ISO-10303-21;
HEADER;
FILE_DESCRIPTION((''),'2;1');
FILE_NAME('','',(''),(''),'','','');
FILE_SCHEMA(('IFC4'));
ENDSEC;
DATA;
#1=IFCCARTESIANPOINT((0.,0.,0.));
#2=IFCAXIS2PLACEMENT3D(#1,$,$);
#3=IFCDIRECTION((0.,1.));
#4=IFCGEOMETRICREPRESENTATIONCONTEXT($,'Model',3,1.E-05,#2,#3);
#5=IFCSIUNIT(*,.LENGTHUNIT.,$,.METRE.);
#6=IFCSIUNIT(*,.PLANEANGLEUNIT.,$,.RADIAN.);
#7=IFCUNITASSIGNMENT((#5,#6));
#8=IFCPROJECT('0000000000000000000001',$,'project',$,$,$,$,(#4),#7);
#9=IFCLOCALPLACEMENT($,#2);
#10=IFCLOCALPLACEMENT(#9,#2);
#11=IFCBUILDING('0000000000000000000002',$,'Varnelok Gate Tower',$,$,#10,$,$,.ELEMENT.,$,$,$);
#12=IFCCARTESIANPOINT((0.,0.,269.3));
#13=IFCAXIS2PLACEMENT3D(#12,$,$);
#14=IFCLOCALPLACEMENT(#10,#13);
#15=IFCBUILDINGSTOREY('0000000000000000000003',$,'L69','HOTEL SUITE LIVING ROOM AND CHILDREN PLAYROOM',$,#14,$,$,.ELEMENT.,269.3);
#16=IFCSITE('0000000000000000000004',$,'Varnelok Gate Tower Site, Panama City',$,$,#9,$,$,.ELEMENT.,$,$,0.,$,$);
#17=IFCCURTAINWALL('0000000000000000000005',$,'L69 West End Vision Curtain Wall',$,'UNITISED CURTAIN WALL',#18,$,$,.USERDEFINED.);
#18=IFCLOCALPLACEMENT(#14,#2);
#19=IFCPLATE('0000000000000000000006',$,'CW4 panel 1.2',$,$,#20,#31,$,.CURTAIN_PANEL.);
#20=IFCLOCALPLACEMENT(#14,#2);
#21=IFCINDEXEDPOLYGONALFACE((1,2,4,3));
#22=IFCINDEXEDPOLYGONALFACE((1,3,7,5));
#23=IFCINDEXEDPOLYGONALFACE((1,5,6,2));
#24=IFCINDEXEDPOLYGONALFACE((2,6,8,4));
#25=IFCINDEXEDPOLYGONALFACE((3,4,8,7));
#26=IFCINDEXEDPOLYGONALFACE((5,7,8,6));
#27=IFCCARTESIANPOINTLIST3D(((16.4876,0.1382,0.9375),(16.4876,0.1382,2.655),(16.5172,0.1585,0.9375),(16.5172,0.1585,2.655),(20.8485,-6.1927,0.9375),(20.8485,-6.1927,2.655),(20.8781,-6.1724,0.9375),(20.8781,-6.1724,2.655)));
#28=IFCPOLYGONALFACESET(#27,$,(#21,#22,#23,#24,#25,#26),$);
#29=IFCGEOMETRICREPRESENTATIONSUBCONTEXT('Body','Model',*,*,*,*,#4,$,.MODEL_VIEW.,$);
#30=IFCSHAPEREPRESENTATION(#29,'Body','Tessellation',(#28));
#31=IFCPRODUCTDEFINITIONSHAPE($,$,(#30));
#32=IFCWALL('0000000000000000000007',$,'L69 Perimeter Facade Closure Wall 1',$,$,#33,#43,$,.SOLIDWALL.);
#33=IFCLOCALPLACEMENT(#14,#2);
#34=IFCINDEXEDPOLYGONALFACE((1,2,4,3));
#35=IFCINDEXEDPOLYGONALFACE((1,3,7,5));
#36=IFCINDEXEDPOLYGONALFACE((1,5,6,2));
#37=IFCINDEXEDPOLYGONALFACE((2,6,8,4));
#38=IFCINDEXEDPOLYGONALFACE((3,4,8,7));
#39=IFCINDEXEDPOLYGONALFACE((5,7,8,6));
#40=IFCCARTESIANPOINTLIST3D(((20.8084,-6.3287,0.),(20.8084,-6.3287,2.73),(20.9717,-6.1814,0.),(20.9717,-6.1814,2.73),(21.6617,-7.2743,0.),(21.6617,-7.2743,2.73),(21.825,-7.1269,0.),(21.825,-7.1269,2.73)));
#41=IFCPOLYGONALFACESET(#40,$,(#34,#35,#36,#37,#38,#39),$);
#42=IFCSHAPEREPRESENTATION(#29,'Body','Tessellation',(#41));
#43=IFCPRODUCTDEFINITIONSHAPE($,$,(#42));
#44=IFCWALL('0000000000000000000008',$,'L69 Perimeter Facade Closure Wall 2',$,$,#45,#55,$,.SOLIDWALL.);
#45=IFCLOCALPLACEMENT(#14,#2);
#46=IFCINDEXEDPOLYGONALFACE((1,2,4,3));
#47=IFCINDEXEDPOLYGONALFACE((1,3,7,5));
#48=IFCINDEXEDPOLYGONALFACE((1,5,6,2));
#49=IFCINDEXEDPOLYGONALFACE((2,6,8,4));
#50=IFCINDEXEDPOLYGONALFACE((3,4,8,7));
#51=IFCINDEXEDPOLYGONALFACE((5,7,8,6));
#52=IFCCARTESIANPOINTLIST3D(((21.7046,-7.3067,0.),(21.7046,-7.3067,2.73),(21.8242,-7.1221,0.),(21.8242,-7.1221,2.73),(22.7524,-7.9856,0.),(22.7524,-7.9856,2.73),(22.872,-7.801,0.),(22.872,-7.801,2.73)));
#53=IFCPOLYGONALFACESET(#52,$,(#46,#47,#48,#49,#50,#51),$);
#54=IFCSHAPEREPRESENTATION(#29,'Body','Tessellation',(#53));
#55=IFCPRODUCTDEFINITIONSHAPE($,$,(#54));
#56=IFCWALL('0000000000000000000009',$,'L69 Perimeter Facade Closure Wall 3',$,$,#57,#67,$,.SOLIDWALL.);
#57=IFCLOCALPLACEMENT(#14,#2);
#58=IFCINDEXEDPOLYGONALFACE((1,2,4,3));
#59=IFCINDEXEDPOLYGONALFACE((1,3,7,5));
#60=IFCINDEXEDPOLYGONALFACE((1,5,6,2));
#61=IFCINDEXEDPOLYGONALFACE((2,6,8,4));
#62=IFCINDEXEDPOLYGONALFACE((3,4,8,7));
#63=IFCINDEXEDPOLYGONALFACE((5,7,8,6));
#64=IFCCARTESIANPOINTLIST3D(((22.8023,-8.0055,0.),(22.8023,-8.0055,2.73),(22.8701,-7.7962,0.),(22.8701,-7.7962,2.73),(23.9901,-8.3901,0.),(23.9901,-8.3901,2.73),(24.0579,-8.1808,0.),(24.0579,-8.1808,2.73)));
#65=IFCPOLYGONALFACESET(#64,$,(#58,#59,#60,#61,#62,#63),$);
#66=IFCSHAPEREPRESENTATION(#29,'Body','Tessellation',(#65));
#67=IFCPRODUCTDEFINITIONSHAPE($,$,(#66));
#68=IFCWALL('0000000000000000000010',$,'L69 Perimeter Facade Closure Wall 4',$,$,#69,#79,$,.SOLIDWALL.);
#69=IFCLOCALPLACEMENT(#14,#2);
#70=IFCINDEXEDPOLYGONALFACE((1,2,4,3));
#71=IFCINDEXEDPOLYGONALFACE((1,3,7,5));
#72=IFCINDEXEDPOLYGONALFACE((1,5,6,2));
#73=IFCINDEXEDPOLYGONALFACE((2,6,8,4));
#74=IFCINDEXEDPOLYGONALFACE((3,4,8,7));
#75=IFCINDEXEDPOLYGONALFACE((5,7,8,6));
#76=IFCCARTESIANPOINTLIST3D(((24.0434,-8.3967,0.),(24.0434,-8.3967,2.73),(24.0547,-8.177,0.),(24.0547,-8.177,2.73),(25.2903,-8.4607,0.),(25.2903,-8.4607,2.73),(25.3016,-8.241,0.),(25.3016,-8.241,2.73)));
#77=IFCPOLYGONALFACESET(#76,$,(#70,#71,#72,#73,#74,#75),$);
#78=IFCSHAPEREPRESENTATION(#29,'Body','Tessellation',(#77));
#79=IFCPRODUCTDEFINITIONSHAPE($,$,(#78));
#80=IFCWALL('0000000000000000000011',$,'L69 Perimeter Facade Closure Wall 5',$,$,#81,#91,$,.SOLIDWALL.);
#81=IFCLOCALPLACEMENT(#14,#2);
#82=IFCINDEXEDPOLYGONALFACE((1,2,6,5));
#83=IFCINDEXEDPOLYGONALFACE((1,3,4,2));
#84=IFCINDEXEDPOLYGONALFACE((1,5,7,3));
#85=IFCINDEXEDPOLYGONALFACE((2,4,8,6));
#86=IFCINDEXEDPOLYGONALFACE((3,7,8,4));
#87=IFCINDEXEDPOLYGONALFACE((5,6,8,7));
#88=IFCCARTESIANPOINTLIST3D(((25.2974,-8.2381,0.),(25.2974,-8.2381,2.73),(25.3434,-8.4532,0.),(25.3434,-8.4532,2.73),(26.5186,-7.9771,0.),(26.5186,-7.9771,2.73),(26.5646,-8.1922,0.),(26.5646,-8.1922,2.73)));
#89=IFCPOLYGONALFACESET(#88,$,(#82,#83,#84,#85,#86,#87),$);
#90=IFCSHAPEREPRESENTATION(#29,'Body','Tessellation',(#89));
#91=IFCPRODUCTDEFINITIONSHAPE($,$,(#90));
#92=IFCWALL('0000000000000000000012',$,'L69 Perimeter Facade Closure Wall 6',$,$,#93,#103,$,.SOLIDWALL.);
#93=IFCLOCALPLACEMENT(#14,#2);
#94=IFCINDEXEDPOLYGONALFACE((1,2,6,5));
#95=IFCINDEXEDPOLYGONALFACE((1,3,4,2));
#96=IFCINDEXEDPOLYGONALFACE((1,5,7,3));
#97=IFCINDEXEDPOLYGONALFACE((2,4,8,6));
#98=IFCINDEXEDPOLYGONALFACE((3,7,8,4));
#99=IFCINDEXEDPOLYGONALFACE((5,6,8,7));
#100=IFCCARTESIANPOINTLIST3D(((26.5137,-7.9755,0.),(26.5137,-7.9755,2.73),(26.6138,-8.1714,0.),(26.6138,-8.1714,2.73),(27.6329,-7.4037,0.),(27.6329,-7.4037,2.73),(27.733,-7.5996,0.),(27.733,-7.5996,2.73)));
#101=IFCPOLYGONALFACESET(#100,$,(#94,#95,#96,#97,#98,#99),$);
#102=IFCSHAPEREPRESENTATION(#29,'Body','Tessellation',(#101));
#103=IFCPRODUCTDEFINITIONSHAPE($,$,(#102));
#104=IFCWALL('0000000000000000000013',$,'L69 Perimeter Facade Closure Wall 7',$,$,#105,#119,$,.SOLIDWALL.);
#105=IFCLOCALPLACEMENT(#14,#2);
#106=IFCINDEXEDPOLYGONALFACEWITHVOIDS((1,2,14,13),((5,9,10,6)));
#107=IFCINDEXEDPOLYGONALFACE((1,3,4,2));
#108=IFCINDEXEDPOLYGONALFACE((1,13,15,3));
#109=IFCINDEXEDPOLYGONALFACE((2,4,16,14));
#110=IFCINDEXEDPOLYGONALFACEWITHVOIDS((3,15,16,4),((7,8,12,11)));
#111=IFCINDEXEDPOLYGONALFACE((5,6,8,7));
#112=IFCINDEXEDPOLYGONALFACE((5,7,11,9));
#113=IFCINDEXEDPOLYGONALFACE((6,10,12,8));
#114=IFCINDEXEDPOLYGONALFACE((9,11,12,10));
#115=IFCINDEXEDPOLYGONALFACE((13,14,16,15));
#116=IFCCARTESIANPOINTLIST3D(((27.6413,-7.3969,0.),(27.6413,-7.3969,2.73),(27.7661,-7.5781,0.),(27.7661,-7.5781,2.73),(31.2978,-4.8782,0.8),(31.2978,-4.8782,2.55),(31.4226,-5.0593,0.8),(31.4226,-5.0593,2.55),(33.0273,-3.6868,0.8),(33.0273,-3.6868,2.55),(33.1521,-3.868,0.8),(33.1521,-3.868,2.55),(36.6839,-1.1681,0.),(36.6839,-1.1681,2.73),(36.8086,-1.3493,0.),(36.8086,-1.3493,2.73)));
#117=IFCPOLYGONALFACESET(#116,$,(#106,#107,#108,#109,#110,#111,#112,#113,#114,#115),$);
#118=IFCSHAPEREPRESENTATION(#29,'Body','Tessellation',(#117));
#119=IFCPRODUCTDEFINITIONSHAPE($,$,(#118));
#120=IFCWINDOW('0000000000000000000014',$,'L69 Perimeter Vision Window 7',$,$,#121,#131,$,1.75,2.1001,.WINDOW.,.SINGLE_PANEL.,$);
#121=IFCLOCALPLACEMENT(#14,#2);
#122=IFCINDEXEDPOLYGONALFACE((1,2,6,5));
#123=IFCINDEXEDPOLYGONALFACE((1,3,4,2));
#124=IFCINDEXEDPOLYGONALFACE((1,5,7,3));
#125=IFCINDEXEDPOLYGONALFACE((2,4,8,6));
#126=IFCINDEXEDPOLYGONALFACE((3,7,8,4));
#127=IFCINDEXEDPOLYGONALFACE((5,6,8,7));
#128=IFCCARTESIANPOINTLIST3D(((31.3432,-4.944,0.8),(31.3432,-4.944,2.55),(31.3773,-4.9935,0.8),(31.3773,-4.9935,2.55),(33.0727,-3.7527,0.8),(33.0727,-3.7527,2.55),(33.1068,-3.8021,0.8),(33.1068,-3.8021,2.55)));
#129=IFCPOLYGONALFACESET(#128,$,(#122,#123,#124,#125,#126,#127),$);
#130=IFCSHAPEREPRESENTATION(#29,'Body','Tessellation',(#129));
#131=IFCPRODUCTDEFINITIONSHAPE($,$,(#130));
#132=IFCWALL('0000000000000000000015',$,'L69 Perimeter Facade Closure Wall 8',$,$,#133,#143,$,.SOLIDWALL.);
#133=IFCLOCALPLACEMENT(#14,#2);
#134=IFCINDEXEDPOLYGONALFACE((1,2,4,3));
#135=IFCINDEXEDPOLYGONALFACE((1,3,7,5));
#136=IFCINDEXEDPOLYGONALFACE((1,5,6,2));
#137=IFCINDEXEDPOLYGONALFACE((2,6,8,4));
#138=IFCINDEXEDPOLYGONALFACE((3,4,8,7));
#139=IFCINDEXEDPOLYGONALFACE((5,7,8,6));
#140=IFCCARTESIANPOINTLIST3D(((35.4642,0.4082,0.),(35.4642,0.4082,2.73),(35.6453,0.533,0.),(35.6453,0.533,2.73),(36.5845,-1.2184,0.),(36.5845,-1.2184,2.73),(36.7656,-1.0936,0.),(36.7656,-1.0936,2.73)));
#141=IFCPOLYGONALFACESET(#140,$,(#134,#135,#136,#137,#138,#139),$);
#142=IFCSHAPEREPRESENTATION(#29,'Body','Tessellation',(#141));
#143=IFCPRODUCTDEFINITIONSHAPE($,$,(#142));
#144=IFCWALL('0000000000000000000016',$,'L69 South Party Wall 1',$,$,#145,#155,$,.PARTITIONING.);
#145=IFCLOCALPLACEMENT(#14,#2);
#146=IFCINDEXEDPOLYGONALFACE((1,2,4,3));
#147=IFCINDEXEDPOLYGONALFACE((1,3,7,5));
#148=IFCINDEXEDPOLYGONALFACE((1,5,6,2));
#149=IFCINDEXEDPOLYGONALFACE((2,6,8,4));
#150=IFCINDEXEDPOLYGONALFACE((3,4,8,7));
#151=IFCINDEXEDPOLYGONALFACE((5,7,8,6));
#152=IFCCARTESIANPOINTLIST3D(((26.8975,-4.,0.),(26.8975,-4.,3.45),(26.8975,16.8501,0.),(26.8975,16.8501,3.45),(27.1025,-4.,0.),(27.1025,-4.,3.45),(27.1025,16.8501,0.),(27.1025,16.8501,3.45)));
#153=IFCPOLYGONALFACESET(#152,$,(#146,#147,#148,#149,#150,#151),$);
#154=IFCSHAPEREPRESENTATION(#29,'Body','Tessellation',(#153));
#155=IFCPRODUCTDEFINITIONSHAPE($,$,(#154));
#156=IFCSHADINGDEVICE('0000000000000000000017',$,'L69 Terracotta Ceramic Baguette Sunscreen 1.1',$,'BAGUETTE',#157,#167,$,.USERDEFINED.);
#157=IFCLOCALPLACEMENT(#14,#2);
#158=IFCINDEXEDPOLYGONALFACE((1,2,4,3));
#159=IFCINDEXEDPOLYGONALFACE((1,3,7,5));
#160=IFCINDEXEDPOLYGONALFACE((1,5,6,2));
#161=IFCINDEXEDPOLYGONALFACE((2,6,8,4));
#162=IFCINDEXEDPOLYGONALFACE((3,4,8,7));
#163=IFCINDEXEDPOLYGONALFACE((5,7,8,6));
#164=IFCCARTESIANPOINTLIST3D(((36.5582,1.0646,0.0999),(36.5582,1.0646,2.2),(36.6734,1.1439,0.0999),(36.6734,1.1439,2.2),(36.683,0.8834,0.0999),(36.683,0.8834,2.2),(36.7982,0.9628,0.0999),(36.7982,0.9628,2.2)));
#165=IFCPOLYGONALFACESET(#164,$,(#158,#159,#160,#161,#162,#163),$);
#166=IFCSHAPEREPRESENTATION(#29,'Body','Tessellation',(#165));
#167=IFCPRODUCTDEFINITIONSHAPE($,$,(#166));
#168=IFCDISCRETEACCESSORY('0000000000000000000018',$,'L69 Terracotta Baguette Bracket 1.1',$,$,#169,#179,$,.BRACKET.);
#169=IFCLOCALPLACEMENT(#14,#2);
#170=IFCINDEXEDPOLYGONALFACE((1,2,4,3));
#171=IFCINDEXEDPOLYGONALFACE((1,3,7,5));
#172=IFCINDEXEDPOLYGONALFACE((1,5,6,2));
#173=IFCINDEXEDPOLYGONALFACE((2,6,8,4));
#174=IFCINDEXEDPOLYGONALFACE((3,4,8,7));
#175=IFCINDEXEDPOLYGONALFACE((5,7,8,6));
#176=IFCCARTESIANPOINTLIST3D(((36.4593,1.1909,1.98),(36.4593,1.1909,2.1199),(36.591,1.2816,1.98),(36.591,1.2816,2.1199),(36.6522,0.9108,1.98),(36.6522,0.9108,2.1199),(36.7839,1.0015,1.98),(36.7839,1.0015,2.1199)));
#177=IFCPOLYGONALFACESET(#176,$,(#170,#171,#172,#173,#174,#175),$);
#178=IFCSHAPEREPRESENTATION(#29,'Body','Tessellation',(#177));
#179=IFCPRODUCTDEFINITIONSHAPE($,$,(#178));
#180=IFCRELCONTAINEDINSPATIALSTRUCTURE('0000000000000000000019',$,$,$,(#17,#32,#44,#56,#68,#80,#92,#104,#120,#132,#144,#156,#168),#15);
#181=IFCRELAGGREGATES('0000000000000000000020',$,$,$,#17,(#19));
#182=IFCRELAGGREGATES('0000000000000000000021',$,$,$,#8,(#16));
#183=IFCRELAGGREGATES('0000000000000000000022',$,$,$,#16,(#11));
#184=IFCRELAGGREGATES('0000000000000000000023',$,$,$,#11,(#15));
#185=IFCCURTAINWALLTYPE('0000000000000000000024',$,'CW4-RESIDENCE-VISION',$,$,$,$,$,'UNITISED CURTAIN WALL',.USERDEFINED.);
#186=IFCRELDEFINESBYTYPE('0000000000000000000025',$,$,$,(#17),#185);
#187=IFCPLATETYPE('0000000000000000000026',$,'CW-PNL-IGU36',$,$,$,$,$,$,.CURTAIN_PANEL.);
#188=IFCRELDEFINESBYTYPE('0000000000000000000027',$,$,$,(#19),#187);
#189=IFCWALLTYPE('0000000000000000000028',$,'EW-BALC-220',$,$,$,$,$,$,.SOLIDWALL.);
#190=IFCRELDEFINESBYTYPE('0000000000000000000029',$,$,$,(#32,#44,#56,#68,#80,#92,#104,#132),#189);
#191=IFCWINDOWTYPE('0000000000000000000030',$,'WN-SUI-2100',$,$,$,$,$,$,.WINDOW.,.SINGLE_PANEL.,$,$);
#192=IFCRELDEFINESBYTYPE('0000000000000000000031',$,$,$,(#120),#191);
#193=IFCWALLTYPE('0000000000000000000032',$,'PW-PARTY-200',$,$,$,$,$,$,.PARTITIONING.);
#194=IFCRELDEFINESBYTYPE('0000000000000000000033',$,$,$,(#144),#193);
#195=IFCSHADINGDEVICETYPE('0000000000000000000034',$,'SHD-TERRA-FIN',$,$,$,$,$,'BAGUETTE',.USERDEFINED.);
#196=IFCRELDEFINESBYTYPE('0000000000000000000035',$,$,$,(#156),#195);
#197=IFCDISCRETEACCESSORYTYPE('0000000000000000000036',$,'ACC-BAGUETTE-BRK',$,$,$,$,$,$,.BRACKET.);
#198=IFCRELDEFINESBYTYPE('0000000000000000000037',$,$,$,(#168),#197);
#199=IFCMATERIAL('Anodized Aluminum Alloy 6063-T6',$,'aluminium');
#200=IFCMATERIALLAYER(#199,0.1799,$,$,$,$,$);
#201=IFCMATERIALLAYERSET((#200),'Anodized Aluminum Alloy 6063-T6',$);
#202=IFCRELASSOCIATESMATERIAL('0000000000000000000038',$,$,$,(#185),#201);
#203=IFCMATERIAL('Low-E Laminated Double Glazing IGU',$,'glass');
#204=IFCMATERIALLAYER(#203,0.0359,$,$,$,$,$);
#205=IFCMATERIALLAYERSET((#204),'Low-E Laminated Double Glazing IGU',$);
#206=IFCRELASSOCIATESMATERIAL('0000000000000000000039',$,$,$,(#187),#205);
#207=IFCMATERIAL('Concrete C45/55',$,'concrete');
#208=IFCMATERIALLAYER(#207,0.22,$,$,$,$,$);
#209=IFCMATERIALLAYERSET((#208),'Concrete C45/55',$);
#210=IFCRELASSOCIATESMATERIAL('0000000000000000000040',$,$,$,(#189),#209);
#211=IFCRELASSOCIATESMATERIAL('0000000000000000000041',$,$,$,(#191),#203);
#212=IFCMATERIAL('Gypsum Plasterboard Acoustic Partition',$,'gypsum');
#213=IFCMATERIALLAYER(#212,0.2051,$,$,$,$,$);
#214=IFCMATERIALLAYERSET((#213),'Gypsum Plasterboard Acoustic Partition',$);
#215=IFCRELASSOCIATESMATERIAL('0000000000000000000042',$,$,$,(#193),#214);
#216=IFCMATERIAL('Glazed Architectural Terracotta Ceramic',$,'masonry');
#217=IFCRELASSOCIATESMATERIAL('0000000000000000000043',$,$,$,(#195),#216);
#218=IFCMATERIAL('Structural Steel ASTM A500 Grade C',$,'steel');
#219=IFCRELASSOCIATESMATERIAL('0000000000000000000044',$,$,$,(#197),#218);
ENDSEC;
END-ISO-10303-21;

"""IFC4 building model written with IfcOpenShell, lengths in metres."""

from ifc_helpers import new_model, si_unit, direction, frame, frame_2d, origin, origin_2d, place, context, subcontext, project, spatial, rectangle, extrude, source, transform, mapped, material, layer, layer_set, type_object, element, fill, aggregate, save


model = new_model("IFC4")

# Units and contexts
model_context = context("Model", 3, precision=1e-05, world=origin(), true_north=direction((0.0, 1.0)))
body_context = subcontext(model_context, "Body", "Model", "MODEL_VIEW")
ifc_project = project(units=[si_unit("LENGTHUNIT", "METRE"), si_unit("PLANEANGLEUNIT", "RADIAN")], contexts=[model_context])

# Site, building, storey
site_placement = place(None, origin())
site = spatial("IfcSite", under=ifc_project, at=site_placement, Name="Varnelok Gate Tower Site, Panama City", CompositionType="ELEMENT", RefElevation=0.0)
building_placement = place(site_placement, origin())
building = spatial("IfcBuilding", under=site, at=building_placement, Name="Varnelok Gate Tower", CompositionType="ELEMENT")
storey_placement = place(building_placement, frame((0.0, 0.0, 269.3)))
storey = spatial("IfcBuildingStorey", under=building, at=storey_placement, Name="L69", Description="HOTEL SUITE LIVING ROOM AND CHILDREN PLAYROOM", CompositionType="ELEMENT", Elevation=269.3)

# Curtain wall, plate
ifc_material_1 = material(Name="Anodized Aluminum Alloy 6063-T6", Category="aluminium")
ifc_layer_1 = layer(ifc_material_1, 0.1799)
ifc_layer_set_1 = layer_set([ifc_layer_1], Name="Anodized Aluminum Alloy 6063-T6")
curtain_wall_type = type_object("IfcCurtainWallType", Name="CW4-RESIDENCE-VISION", ElementType="UNITISED CURTAIN WALL", PredefinedType="USERDEFINED", material=ifc_layer_set_1)
curtain_wall_placement = place(storey_placement, origin())
curtain_wall = element("IfcCurtainWall", 1, at=curtain_wall_placement, inside=storey, type_object=curtain_wall_type, Name="L69 West End Vision Curtain Wall", ObjectType="UNITISED CURTAIN WALL", PredefinedType="USERDEFINED")
ifc_material_2 = material(Name="Low-E Laminated Double Glazing IGU", Category="glass")
ifc_layer_2 = layer(ifc_material_2, 0.0359)
ifc_layer_set_2 = layer_set([ifc_layer_2], Name="Low-E Laminated Double Glazing IGU")
plate_type = type_object("IfcPlateType", Name="CW-PNL-IGU36", PredefinedType="CURTAIN_PANEL", material=ifc_layer_set_2)
shared_shape_1 = source(origin(), body_context, "Body", "SweptSolid", [
    extrude(rectangle(XDim=7.6875, YDim=0.0359, at=origin_2d()), origin(), (0.0, 0.0, 1.0), 1.7175),
])
plate_1_placement = place(storey_placement, frame((18.6829, -3.0171, 0.9375), z_axis=(0.0, 0.0, 1.0), x_axis=(-0.567269, 0.823532, 0.0)))
plate_1 = element("IfcPlate", 2, at=plate_1_placement, type_object=plate_type, Name="CW4 panel 1.2", PredefinedType="CURTAIN_PANEL", context=body_context, shape_type="MappedRepresentation", body=[
    mapped(shared_shape_1, transform((0.0, 0.0, 0.0), scale=1.0)),
])
aggregate(curtain_wall, [plate_1])

# Walls
ifc_material_3 = material(Name="Concrete C45/55", Category="concrete")
ifc_layer_3 = layer(ifc_material_3, 0.22)
ifc_layer_set_3 = layer_set([ifc_layer_3], Name="Concrete C45/55")
wall_type_1 = type_object("IfcWallType", Name="EW-BALC-220", PredefinedType="SOLIDWALL", material=ifc_layer_set_3)
wall_1_placement = place(storey_placement, frame((20.8901, -6.2551, 0.0), z_axis=(0.0, 0.0, 1.0), x_axis=(0.669949, -0.742407, 0.0)))
element("IfcWall", 3, at=wall_1_placement, inside=storey, type_object=wall_type_1, Name="L69 Perimeter Facade Closure Wall 1", PredefinedType="SOLIDWALL", context=body_context, shape_type="SweptSolid", body=[
    extrude(rectangle(XDim=1.2737, YDim=0.22, at=frame_2d((0.6367, 0.0))), origin(), (0.0, 0.0, 1.0), 2.73),
])
for number, where, z_axis, x_axis, name in (
    (4, (21.7644, -7.2144, 0.0), (0.0, 0.0, 1.0), (0.839229, -0.543778, 0.0), "L69 Perimeter Facade Closure Wall 2"),
    (5, (22.8362, -7.9009, 0.0), (0.0, 0.0, 1.0), (0.951386, -0.308003, 0.0), "L69 Perimeter Facade Closure Wall 3"),
    (6, (24.0491, -8.2869, 0.0), (0.0, 0.0, 1.0), (0.998687, -0.051235, 0.0), "L69 Perimeter Facade Closure Wall 4"),
):
    element("IfcWall", number, at=place(storey_placement, frame(where, z_axis=z_axis, x_axis=x_axis)), inside=storey, type_object=wall_type_1, Name=name, PredefinedType="SOLIDWALL", context=body_context, shape_type="SweptSolid", body=[
        extrude(rectangle(XDim=1.2485, YDim=0.22, at=frame_2d((0.6243, 0.0))), origin(), (0.0, 0.0, 1.0), 2.73),
    ])
wall_2_placement = place(storey_placement, frame((25.3203, -8.3457, 0.0), z_axis=(0.0, 0.0, 1.0), x_axis=(0.977917, 0.208995, 0.0)))
element("IfcWall", 7, at=wall_2_placement, inside=storey, type_object=wall_type_1, Name="L69 Perimeter Facade Closure Wall 5", PredefinedType="SOLIDWALL", context=body_context, shape_type="SweptSolid", body=[
    extrude(rectangle(XDim=1.2488, YDim=0.22, at=frame_2d((0.6245, 0.0))), origin(), (0.0, 0.0, 1.0), 2.73),
])
wall_3_placement = place(storey_placement, frame((26.5637, -8.0735, 0.0), z_axis=(0.0, 0.0, 1.0), x_axis=(0.890508, 0.454967, 0.0)))
element("IfcWall", 8, at=wall_3_placement, inside=storey, type_object=wall_type_1, Name="L69 Perimeter Facade Closure Wall 6", PredefinedType="SOLIDWALL", context=body_context, shape_type="SweptSolid", body=[
    extrude(rectangle(XDim=1.2568, YDim=0.22, at=frame_2d((0.6284, 0.0))), origin(), (0.0, 0.0, 1.0), 2.73),
])

# Wall, opening, window
wall_4_placement = place(storey_placement, frame((27.7036, -7.4875, 0.0), z_axis=(0.0, 0.0, 1.0), x_axis=(0.823529, 0.567274, 0.0)))
wall_4 = element("IfcWall", 9, at=wall_4_placement, inside=storey, type_object=wall_type_1, Name="L69 Perimeter Facade Closure Wall 7", PredefinedType="SOLIDWALL", context=body_context, shape_type="SweptSolid", body=[
    extrude(rectangle(XDim=10.9802, YDim=0.22, at=frame_2d((5.4902, 0.0))), origin(), (0.0, 0.0, 1.0), 2.73),
])
opening_placement = place(wall_4_placement, frame((4.4402, 0.0, 0.8)))
opening = element("IfcOpeningElement", 10, at=opening_placement, cuts=wall_4, PredefinedType="OPENING", context=body_context, shape_type="SweptSolid", body=[
    extrude(rectangle(XDim=2.1001, YDim=1.75, at=frame_2d((1.05, 0.875))), frame((0.0, 0.1199, 0.0), z_axis=(0.0, -1.0, 0.0), x_axis=(1.0, 0.0, 0.0)), (0.0, 0.0, 1.0), 0.24),
])
window_type = type_object("IfcWindowType", Name="WN-SUI-2100", PartitioningType="SINGLE_PANEL", PredefinedType="WINDOW", material=ifc_material_2)
window_placement = place(opening_placement, origin())
window = element("IfcWindow", 11, at=window_placement, inside=storey, type_object=window_type, Name="L69 Perimeter Vision Window 7", OverallHeight=1.75, OverallWidth=2.1001, PartitioningType="SINGLE_PANEL", PredefinedType="WINDOW", context=body_context, shape_type="SweptSolid", body=[
    extrude(rectangle(XDim=2.1001, YDim=1.75, at=frame_2d((1.05, 0.875))), frame((0.0, 0.03, 0.0), z_axis=(0.0, -1.0, 0.0), x_axis=(1.0, 0.0, 0.0)), (0.0, 0.0, 1.0), 0.0601),
])
fill(opening, window)

# Walls
wall_5_placement = place(storey_placement, frame((36.675, -1.156, 0.0), z_axis=(0.0, 0.0, 1.0), x_axis=(-0.567216, 0.823569, 0.0)))
element("IfcWall", 12, at=wall_5_placement, inside=storey, type_object=wall_type_1, Name="L69 Perimeter Facade Closure Wall 8", PredefinedType="SOLIDWALL", context=body_context, shape_type="SweptSolid", body=[
    extrude(rectangle(XDim=1.9751, YDim=0.22, at=frame_2d((0.9875, 0.0))), origin(), (0.0, 0.0, 1.0), 2.73),
])
ifc_material_4 = material(Name="Gypsum Plasterboard Acoustic Partition", Category="gypsum")
ifc_layer_4 = layer(ifc_material_4, 0.2051)
ifc_layer_set_4 = layer_set([ifc_layer_4], Name="Gypsum Plasterboard Acoustic Partition")
wall_type_2 = type_object("IfcWallType", Name="PW-PARTY-200", PredefinedType="PARTITIONING", material=ifc_layer_set_4)
wall_6_placement = place(storey_placement, frame((27.0, -4.0, 0.0), z_axis=(0.0, 0.0, 1.0), x_axis=(0.0, 1.0, 0.0)))
element("IfcWall", 13, at=wall_6_placement, inside=storey, type_object=wall_type_2, Name="L69 South Party Wall 1", PredefinedType="PARTITIONING", context=body_context, shape_type="SweptSolid", body=[
    extrude(rectangle(XDim=20.8501, YDim=0.2051, at=frame_2d((10.425, 0.0))), origin(), (0.0, 0.0, 1.0), 3.45),
])

# Shading device
ifc_material_5 = material(Name="Glazed Architectural Terracotta Ceramic", Category="masonry")
shading_device_type = type_object("IfcShadingDeviceType", Name="SHD-TERRA-FIN", ElementType="BAGUETTE", PredefinedType="USERDEFINED", material=ifc_material_5)
shared_shape_2 = source(origin(), body_context, "Body", "SweptSolid", [
    extrude(rectangle(XDim=0.1399, YDim=0.22, at=origin_2d()), origin(), (0.0, 0.0, 1.0), 2.1001),
])
shading_device_placement = place(storey_placement, frame((36.6782, 1.0137, 0.0999), z_axis=(0.0, 0.0, 1.0), x_axis=(0.823533, 0.567269, 0.0)))
element("IfcShadingDevice", 14, at=shading_device_placement, inside=storey, type_object=shading_device_type, Name="L69 Terracotta Ceramic Baguette Sunscreen 1.1", ObjectType="BAGUETTE", PredefinedType="USERDEFINED", context=body_context, shape_type="MappedRepresentation", body=[
    mapped(shared_shape_2, transform((0.0, 0.0, 0.0), scale=1.0)),
])

# Discrete accessory
ifc_material_6 = material(Name="Structural Steel ASTM A500 Grade C", Category="steel")
discrete_accessory_type = type_object("IfcDiscreteAccessoryType", Name="ACC-BAGUETTE-BRK", PredefinedType="BRACKET", material=ifc_material_6)
shared_shape_3 = source(origin(), body_context, "Body", "SweptSolid", [
    extrude(rectangle(XDim=0.1599, YDim=0.3401, at=origin_2d()), origin(), (0.0, 0.0, 1.0), 0.1399),
])
discrete_accessory_placement = place(storey_placement, frame((36.6216, 1.0962, 1.98), z_axis=(0.0, 0.0, 1.0), x_axis=(0.823533, 0.567269, 0.0)))
element("IfcDiscreteAccessory", 15, at=discrete_accessory_placement, inside=storey, type_object=discrete_accessory_type, Name="L69 Terracotta Baguette Bracket 1.1", PredefinedType="BRACKET", context=body_context, shape_type="MappedRepresentation", body=[
    mapped(shared_shape_3, transform((0.0, 0.0, 0.0), scale=1.0)),
])

save(model, "model.ifc")
